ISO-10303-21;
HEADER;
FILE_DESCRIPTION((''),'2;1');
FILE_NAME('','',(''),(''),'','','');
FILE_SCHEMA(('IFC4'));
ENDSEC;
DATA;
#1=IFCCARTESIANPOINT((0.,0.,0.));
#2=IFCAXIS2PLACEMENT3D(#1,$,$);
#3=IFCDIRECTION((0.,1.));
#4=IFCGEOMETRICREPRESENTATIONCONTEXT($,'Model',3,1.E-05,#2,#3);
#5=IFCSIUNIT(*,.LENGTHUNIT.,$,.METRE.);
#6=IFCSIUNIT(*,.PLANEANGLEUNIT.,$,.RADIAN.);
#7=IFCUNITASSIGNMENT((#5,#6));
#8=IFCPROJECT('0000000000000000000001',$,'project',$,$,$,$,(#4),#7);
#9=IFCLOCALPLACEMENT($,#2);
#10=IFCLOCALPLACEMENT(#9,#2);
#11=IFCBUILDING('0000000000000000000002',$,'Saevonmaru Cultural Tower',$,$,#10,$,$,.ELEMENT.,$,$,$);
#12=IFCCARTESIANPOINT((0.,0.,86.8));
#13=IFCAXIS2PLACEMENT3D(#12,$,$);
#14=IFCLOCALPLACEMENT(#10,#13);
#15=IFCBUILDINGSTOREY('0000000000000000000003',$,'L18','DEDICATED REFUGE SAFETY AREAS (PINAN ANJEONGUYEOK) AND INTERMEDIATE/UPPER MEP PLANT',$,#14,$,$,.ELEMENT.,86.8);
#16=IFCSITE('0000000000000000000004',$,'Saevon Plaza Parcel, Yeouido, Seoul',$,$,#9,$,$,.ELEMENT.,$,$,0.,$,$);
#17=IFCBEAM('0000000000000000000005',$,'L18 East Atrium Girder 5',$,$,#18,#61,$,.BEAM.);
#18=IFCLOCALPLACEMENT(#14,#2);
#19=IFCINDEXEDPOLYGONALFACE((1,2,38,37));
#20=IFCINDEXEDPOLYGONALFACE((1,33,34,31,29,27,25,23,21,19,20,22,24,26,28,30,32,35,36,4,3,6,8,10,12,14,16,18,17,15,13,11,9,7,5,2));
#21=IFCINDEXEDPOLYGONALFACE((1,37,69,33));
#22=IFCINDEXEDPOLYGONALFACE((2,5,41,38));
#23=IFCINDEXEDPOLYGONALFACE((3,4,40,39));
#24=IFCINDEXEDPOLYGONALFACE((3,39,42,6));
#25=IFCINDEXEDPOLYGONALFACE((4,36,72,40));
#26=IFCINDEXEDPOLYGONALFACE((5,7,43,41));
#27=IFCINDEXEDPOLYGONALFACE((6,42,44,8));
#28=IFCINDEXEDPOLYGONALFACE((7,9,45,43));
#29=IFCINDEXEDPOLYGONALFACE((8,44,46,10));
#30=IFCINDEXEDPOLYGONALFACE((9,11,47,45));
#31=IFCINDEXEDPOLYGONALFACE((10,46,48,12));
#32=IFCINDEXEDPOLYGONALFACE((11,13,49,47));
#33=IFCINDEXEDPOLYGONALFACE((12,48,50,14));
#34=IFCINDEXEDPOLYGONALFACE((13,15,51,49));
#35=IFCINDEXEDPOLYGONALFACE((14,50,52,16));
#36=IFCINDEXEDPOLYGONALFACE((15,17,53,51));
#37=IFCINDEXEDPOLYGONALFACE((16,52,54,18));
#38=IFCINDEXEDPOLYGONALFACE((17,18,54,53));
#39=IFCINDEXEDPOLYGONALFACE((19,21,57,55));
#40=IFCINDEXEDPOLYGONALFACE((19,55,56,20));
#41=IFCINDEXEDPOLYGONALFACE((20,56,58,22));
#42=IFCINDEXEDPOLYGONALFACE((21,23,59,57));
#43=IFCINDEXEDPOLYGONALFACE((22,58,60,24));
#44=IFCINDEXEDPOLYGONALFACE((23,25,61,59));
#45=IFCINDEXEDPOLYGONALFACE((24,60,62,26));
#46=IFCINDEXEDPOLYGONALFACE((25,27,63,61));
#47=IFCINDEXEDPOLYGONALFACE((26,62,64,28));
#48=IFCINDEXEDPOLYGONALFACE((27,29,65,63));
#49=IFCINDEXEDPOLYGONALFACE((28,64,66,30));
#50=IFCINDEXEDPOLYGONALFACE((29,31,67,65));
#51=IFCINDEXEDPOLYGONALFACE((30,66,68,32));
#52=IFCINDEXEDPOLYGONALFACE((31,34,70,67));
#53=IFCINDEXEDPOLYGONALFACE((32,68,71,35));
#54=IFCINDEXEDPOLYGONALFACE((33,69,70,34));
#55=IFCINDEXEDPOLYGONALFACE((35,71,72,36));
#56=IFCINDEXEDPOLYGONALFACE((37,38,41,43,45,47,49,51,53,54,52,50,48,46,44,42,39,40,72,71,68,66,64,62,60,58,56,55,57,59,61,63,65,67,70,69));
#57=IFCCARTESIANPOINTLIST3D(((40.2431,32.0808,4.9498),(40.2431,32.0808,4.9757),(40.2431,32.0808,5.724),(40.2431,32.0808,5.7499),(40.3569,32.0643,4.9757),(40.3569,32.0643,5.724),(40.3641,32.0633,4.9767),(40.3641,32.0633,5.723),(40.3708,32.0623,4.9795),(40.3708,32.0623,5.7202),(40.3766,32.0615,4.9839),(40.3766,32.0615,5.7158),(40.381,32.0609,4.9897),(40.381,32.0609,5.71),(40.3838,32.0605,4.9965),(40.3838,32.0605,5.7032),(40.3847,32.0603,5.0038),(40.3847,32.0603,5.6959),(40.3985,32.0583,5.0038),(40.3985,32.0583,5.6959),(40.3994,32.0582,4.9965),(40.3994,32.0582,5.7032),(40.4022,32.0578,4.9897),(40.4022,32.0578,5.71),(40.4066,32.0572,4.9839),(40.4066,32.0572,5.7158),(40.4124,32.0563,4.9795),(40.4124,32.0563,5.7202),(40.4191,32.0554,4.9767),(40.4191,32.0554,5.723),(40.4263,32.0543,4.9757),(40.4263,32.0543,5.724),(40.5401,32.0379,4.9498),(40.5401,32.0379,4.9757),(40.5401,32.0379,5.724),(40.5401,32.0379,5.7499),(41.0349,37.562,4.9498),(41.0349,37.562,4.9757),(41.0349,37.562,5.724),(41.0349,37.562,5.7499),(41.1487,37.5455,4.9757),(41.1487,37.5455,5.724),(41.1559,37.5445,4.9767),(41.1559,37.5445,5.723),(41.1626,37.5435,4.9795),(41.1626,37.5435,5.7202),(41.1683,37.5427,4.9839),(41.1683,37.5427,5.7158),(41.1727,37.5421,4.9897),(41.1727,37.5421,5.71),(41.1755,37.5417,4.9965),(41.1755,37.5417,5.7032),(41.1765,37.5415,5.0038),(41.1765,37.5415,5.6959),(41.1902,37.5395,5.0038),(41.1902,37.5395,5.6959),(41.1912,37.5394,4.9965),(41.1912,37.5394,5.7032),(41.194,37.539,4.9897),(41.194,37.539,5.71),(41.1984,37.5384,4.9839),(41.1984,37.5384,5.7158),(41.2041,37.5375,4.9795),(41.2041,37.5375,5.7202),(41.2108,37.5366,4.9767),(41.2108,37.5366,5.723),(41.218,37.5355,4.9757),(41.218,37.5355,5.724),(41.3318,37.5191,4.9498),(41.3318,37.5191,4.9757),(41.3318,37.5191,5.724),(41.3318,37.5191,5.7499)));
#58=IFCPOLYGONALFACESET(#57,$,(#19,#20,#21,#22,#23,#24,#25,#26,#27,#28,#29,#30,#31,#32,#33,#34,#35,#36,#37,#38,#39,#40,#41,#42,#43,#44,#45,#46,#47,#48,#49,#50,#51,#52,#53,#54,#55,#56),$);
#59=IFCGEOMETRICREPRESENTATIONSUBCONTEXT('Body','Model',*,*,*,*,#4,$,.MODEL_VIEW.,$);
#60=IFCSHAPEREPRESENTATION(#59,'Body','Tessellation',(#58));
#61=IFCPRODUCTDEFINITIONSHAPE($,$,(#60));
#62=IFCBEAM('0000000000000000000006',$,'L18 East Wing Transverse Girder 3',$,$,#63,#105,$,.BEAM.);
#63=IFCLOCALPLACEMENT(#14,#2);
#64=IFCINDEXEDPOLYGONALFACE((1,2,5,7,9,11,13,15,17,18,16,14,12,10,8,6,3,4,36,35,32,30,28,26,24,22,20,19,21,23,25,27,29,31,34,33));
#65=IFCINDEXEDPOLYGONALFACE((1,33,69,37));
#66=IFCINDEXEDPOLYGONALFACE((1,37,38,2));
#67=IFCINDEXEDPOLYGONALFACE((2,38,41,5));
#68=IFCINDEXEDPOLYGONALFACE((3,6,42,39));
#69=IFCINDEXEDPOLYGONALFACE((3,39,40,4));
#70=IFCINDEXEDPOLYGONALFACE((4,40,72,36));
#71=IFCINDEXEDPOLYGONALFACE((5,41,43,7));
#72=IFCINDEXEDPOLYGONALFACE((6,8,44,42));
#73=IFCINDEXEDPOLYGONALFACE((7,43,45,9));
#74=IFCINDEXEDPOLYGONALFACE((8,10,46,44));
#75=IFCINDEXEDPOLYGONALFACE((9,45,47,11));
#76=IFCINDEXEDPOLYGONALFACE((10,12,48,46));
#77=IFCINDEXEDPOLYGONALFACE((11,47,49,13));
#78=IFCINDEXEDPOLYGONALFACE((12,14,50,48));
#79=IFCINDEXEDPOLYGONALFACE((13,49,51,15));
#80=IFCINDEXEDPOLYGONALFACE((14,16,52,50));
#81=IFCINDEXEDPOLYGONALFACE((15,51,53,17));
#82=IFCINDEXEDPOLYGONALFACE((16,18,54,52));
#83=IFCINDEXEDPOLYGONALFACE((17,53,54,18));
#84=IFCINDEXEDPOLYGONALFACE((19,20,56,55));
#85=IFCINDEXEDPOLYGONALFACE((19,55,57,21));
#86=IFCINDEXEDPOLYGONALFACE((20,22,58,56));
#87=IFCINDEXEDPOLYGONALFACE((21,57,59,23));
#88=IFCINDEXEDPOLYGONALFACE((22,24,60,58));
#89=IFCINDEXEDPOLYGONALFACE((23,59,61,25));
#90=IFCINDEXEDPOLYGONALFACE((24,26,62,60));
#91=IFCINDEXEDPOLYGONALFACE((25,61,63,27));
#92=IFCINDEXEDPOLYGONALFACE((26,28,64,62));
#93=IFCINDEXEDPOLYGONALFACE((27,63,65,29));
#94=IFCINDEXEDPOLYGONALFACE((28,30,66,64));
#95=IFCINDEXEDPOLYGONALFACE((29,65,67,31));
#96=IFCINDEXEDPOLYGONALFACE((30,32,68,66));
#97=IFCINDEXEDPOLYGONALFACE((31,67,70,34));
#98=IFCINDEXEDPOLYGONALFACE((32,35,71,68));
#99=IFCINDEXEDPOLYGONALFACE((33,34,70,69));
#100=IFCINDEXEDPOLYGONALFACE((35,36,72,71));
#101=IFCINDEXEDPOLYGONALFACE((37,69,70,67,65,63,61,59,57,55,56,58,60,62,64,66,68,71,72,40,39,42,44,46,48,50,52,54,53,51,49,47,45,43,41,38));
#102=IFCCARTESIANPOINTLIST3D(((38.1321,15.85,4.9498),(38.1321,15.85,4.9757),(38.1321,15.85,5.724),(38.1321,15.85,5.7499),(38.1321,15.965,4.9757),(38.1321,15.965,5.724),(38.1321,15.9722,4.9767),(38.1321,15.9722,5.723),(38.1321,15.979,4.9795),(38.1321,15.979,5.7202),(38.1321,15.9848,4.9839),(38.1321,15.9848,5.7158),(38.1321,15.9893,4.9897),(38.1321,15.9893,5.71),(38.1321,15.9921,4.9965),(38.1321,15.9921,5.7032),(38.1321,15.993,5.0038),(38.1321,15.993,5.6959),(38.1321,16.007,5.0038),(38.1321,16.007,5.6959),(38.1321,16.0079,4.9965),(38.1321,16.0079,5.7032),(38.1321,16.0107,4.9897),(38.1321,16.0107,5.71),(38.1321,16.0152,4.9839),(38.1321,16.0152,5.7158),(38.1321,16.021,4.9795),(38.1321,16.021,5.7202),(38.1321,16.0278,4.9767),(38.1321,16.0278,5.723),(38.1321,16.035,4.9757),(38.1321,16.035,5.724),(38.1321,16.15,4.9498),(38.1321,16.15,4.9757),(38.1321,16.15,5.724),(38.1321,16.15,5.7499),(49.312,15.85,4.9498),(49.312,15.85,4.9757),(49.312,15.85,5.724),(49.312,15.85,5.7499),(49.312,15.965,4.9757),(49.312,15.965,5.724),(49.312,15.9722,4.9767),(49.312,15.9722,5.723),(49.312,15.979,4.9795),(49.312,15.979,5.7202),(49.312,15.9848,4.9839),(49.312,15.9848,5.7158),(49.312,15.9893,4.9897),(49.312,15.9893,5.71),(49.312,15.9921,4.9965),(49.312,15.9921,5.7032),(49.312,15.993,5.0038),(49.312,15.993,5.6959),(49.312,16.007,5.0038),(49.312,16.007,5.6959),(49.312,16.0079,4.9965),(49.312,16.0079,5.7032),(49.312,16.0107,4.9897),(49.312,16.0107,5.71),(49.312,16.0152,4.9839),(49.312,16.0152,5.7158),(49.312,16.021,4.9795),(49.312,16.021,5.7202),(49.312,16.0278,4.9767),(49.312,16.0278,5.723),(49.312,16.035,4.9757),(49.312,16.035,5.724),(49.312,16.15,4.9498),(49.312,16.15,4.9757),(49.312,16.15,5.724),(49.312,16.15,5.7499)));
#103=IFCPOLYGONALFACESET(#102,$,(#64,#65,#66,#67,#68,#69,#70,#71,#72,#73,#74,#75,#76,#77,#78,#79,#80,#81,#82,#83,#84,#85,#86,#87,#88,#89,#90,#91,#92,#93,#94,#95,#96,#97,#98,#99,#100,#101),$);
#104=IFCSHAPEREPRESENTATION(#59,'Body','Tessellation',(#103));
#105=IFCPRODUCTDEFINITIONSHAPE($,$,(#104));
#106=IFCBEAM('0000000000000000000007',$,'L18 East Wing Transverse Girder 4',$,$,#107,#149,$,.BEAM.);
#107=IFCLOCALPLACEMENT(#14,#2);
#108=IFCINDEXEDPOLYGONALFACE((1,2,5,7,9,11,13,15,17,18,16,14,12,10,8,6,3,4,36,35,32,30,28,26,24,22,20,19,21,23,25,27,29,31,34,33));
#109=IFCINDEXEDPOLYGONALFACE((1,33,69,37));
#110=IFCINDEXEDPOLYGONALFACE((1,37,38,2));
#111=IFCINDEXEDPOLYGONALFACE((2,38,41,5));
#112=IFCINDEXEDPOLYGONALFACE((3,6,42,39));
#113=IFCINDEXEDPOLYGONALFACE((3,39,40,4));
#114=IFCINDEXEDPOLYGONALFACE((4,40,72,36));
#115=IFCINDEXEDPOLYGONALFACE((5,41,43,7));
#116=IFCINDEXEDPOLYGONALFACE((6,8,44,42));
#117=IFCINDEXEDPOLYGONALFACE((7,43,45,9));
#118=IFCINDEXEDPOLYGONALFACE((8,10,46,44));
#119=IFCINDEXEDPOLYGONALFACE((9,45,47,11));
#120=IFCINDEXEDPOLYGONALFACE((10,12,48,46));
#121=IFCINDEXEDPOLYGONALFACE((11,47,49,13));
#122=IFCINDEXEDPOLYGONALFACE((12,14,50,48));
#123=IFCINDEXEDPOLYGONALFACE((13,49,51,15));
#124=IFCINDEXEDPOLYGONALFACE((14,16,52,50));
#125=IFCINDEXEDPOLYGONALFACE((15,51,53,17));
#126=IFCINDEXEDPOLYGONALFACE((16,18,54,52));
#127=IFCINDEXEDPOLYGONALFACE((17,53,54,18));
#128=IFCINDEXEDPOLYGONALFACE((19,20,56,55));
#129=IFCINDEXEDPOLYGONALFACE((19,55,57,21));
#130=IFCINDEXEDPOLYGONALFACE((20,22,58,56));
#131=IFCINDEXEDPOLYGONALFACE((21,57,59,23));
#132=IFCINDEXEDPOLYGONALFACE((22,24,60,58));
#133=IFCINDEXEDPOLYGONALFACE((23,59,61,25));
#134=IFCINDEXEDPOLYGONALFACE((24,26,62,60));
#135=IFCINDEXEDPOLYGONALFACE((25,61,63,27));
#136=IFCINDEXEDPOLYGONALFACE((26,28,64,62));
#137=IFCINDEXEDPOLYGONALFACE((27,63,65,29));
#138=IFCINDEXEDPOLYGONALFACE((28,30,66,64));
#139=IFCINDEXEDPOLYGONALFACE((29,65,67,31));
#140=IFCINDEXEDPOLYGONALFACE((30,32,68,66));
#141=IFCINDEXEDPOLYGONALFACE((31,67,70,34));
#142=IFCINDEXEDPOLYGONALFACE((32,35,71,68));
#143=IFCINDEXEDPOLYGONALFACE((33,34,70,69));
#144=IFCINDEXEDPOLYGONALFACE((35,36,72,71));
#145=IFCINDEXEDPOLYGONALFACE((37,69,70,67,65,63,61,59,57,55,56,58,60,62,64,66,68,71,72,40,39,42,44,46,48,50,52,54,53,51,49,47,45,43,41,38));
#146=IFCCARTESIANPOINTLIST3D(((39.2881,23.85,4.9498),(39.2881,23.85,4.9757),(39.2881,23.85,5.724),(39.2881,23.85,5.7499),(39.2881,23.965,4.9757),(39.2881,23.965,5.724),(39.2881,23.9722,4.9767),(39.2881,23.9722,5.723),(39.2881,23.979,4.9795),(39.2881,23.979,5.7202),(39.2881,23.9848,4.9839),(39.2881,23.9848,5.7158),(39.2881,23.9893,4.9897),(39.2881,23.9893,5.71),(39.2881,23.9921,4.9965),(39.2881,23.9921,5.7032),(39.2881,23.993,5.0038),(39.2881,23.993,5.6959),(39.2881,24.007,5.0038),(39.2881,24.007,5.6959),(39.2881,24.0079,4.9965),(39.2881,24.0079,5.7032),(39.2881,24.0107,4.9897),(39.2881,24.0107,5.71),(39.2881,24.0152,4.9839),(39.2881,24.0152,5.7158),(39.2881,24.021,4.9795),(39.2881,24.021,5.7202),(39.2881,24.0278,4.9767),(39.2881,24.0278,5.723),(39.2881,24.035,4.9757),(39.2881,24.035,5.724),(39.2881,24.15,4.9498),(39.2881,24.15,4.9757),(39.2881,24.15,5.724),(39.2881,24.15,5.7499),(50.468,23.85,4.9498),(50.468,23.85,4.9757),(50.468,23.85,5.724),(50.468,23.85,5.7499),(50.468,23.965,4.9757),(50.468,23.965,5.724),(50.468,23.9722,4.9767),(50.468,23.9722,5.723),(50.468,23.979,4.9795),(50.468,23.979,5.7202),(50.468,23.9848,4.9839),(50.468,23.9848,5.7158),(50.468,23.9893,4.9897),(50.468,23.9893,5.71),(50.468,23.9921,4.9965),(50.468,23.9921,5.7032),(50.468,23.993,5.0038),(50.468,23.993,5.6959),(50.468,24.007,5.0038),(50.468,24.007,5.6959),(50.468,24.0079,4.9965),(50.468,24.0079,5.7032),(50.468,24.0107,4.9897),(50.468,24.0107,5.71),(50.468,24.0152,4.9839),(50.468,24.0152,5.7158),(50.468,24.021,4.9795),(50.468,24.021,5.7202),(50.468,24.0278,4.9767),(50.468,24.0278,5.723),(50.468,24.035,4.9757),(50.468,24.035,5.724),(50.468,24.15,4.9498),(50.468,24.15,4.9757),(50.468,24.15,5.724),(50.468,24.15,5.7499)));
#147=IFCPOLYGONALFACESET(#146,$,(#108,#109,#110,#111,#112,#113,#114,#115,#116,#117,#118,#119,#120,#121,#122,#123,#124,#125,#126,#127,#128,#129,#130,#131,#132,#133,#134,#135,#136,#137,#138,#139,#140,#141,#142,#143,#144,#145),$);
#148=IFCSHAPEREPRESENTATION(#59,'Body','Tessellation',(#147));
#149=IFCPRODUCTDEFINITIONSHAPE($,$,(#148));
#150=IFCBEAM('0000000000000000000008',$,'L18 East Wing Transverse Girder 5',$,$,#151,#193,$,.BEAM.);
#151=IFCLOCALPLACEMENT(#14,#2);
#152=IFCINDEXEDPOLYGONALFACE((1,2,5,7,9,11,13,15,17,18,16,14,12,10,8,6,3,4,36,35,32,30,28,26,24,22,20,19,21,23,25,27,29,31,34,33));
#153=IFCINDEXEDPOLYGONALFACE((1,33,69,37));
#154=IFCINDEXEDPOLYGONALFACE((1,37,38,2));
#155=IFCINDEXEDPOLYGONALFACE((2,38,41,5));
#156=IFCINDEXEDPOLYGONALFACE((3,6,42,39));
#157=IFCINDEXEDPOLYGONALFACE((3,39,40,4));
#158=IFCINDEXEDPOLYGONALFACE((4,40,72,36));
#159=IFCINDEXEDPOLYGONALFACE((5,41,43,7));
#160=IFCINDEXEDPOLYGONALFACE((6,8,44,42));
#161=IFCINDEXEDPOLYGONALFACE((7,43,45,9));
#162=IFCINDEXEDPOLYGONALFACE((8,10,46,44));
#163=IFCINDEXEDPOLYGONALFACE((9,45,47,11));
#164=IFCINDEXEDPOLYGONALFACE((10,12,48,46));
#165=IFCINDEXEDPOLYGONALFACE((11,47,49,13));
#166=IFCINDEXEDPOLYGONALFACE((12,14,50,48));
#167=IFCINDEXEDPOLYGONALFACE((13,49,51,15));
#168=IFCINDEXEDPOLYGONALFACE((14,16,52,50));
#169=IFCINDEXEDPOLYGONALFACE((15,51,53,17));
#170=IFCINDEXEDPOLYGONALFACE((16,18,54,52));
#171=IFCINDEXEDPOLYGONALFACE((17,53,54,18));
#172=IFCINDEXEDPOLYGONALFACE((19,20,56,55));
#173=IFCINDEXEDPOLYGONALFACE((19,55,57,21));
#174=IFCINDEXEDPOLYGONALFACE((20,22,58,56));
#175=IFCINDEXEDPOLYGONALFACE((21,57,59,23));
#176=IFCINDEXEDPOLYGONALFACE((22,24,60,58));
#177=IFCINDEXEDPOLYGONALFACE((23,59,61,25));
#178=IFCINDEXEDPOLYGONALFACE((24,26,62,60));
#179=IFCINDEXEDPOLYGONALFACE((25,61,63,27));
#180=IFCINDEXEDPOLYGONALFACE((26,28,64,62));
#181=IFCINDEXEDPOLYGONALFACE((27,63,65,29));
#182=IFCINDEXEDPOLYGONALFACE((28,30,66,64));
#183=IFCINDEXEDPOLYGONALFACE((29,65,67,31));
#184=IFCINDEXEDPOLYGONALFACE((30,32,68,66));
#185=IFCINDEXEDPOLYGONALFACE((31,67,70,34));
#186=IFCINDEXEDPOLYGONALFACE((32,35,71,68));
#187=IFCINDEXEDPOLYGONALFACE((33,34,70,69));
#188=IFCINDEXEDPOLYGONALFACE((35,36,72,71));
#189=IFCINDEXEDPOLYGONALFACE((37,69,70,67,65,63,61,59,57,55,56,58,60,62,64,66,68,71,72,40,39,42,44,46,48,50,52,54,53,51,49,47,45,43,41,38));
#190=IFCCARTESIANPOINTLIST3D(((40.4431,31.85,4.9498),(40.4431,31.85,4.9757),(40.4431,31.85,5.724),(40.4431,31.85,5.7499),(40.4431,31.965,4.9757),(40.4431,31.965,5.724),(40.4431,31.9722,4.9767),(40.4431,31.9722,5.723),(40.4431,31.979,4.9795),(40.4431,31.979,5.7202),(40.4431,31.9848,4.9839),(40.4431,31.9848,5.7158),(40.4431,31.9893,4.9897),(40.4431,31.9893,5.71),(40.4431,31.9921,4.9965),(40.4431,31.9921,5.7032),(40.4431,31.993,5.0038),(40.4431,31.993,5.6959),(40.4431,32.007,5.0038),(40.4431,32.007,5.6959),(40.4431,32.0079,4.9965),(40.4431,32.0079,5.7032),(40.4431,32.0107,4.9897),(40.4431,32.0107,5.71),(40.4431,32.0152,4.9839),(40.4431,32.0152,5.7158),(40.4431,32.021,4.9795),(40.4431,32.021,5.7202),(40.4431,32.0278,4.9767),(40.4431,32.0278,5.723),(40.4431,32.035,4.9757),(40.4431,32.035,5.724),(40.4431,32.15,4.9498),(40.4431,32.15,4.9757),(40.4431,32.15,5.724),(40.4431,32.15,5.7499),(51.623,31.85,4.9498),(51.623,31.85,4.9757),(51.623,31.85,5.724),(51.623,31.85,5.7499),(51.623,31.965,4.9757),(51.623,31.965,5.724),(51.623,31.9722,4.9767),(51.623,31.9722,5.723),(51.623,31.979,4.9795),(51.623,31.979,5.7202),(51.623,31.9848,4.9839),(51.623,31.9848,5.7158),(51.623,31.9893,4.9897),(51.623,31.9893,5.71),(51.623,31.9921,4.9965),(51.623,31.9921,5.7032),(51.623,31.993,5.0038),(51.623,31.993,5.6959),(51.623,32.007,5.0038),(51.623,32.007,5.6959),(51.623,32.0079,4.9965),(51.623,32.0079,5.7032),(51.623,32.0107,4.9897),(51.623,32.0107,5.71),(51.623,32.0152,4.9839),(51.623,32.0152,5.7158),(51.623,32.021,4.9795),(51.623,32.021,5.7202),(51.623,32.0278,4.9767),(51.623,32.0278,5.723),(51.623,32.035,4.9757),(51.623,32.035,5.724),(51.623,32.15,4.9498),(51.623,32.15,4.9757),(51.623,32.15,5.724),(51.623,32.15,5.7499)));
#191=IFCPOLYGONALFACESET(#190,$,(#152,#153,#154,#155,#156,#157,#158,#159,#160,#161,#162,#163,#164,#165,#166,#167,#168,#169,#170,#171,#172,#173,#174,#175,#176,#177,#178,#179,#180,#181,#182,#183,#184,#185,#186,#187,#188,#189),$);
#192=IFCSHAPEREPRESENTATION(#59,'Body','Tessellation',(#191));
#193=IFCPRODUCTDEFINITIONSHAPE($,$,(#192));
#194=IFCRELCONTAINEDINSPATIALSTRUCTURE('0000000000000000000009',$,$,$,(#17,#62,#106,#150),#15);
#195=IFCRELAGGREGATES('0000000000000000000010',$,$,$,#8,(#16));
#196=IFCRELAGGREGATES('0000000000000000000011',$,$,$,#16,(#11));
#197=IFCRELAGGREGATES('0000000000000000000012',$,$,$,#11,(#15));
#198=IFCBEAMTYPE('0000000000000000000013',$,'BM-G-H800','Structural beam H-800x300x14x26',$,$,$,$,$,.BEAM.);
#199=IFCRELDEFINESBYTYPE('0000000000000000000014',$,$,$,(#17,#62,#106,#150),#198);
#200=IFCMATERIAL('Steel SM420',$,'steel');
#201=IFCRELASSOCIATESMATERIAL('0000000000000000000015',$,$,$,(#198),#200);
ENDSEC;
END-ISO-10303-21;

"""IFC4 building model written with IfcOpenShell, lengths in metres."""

from ifc_helpers import new_model, si_unit, direction, frame, origin, origin_2d, place, context, subcontext, project, spatial, i_section, extrude, material, material_profile, profile_set, type_object, element, save


model = new_model("IFC4")

# Units and contexts
model_context = context("Model", 3, precision=1e-05, world=origin(), true_north=direction((0.0, 1.0)))
body_context = subcontext(model_context, "Body", "Model", "MODEL_VIEW")
ifc_project = project(units=[si_unit("LENGTHUNIT", "METRE"), si_unit("PLANEANGLEUNIT", "RADIAN")], contexts=[model_context])

# Site, building, storey
site_placement = place(None, origin())
site = spatial("IfcSite", under=ifc_project, at=site_placement, Name="Saevon Plaza Parcel, Yeouido, Seoul", CompositionType="ELEMENT", RefElevation=0.0)
building_placement = place(site_placement, origin())
building = spatial("IfcBuilding", under=site, at=building_placement, Name="Saevonmaru Cultural Tower", CompositionType="ELEMENT")
storey_placement = place(building_placement, frame((0.0, 0.0, 86.8)))
storey = spatial("IfcBuildingStorey", under=building, at=storey_placement, Name="L18", Description="DEDICATED REFUGE SAFETY AREAS (PINAN ANJEONGUYEOK) AND INTERMEDIATE/UPPER MEP PLANT", CompositionType="ELEMENT", Elevation=86.8)

# Shared definitions
ifc_material_1 = material(Name="Steel SM420", Category="steel")

# Beams
ifc_material_profile_1 = material_profile(ifc_material_1, i_section(OverallWidth=0.3, OverallDepth=0.8, WebThickness=0.0139, FlangeThickness=0.0259, FilletRadius=0.0281, at=origin_2d()), Name="H-800x300x14x26")
ifc_profile_set_1 = profile_set([ifc_material_profile_1], Name="Steel SM420")
beam_type_1 = type_object("IfcBeamType", Name="BM-G-H800", Description="Structural beam H-800x300x14x26", PredefinedType="BEAM", material=ifc_profile_set_1)
beam_1_placement = place(storey_placement, frame((40.3916, 32.0593, 5.3499), z_axis=(0.142964, 0.989728, 0.0), x_axis=(-0.989728, 0.142964, 0.0)))
element("IfcBeam", 1, at=beam_1_placement, inside=storey, type_object=beam_type_1, Name="L18 East Atrium Girder 5", PredefinedType="BEAM", context=body_context, shape_type="SweptSolid", body=[
    extrude(i_section(OverallWidth=0.3, OverallDepth=0.8, WebThickness=0.0139, FlangeThickness=0.0259, FilletRadius=0.0281, at=origin_2d()), origin(), (0.0, 0.0, 1.0), 5.5381),
])
for number, where, z_axis, x_axis, name in (
    (2, (38.1321, 16.0, 5.3499), (1.0, 0.0, 0.0), (0.0, 1.0, 0.0), "L18 East Wing Transverse Girder 3"),
    (3, (39.2881, 24.0, 5.3499), (1.0, 0.0, 0.0), (0.0, 1.0, 0.0), "L18 East Wing Transverse Girder 4"),
    (4, (40.4431, 32.0, 5.3499), (1.0, 0.0, 0.0), (0.0, 1.0, 0.0), "L18 East Wing Transverse Girder 5"),
):
    element("IfcBeam", number, at=place(storey_placement, frame(where, z_axis=z_axis, x_axis=x_axis)), inside=storey, type_object=beam_type_1, Name=name, PredefinedType="BEAM", context=body_context, shape_type="SweptSolid", body=[
        extrude(i_section(OverallWidth=0.3, OverallDepth=0.8, WebThickness=0.0139, FlangeThickness=0.0259, FilletRadius=0.0281, at=origin_2d()), origin(), (0.0, 0.0, 1.0), 11.1799),
    ])

save(model, "model.ifc")
